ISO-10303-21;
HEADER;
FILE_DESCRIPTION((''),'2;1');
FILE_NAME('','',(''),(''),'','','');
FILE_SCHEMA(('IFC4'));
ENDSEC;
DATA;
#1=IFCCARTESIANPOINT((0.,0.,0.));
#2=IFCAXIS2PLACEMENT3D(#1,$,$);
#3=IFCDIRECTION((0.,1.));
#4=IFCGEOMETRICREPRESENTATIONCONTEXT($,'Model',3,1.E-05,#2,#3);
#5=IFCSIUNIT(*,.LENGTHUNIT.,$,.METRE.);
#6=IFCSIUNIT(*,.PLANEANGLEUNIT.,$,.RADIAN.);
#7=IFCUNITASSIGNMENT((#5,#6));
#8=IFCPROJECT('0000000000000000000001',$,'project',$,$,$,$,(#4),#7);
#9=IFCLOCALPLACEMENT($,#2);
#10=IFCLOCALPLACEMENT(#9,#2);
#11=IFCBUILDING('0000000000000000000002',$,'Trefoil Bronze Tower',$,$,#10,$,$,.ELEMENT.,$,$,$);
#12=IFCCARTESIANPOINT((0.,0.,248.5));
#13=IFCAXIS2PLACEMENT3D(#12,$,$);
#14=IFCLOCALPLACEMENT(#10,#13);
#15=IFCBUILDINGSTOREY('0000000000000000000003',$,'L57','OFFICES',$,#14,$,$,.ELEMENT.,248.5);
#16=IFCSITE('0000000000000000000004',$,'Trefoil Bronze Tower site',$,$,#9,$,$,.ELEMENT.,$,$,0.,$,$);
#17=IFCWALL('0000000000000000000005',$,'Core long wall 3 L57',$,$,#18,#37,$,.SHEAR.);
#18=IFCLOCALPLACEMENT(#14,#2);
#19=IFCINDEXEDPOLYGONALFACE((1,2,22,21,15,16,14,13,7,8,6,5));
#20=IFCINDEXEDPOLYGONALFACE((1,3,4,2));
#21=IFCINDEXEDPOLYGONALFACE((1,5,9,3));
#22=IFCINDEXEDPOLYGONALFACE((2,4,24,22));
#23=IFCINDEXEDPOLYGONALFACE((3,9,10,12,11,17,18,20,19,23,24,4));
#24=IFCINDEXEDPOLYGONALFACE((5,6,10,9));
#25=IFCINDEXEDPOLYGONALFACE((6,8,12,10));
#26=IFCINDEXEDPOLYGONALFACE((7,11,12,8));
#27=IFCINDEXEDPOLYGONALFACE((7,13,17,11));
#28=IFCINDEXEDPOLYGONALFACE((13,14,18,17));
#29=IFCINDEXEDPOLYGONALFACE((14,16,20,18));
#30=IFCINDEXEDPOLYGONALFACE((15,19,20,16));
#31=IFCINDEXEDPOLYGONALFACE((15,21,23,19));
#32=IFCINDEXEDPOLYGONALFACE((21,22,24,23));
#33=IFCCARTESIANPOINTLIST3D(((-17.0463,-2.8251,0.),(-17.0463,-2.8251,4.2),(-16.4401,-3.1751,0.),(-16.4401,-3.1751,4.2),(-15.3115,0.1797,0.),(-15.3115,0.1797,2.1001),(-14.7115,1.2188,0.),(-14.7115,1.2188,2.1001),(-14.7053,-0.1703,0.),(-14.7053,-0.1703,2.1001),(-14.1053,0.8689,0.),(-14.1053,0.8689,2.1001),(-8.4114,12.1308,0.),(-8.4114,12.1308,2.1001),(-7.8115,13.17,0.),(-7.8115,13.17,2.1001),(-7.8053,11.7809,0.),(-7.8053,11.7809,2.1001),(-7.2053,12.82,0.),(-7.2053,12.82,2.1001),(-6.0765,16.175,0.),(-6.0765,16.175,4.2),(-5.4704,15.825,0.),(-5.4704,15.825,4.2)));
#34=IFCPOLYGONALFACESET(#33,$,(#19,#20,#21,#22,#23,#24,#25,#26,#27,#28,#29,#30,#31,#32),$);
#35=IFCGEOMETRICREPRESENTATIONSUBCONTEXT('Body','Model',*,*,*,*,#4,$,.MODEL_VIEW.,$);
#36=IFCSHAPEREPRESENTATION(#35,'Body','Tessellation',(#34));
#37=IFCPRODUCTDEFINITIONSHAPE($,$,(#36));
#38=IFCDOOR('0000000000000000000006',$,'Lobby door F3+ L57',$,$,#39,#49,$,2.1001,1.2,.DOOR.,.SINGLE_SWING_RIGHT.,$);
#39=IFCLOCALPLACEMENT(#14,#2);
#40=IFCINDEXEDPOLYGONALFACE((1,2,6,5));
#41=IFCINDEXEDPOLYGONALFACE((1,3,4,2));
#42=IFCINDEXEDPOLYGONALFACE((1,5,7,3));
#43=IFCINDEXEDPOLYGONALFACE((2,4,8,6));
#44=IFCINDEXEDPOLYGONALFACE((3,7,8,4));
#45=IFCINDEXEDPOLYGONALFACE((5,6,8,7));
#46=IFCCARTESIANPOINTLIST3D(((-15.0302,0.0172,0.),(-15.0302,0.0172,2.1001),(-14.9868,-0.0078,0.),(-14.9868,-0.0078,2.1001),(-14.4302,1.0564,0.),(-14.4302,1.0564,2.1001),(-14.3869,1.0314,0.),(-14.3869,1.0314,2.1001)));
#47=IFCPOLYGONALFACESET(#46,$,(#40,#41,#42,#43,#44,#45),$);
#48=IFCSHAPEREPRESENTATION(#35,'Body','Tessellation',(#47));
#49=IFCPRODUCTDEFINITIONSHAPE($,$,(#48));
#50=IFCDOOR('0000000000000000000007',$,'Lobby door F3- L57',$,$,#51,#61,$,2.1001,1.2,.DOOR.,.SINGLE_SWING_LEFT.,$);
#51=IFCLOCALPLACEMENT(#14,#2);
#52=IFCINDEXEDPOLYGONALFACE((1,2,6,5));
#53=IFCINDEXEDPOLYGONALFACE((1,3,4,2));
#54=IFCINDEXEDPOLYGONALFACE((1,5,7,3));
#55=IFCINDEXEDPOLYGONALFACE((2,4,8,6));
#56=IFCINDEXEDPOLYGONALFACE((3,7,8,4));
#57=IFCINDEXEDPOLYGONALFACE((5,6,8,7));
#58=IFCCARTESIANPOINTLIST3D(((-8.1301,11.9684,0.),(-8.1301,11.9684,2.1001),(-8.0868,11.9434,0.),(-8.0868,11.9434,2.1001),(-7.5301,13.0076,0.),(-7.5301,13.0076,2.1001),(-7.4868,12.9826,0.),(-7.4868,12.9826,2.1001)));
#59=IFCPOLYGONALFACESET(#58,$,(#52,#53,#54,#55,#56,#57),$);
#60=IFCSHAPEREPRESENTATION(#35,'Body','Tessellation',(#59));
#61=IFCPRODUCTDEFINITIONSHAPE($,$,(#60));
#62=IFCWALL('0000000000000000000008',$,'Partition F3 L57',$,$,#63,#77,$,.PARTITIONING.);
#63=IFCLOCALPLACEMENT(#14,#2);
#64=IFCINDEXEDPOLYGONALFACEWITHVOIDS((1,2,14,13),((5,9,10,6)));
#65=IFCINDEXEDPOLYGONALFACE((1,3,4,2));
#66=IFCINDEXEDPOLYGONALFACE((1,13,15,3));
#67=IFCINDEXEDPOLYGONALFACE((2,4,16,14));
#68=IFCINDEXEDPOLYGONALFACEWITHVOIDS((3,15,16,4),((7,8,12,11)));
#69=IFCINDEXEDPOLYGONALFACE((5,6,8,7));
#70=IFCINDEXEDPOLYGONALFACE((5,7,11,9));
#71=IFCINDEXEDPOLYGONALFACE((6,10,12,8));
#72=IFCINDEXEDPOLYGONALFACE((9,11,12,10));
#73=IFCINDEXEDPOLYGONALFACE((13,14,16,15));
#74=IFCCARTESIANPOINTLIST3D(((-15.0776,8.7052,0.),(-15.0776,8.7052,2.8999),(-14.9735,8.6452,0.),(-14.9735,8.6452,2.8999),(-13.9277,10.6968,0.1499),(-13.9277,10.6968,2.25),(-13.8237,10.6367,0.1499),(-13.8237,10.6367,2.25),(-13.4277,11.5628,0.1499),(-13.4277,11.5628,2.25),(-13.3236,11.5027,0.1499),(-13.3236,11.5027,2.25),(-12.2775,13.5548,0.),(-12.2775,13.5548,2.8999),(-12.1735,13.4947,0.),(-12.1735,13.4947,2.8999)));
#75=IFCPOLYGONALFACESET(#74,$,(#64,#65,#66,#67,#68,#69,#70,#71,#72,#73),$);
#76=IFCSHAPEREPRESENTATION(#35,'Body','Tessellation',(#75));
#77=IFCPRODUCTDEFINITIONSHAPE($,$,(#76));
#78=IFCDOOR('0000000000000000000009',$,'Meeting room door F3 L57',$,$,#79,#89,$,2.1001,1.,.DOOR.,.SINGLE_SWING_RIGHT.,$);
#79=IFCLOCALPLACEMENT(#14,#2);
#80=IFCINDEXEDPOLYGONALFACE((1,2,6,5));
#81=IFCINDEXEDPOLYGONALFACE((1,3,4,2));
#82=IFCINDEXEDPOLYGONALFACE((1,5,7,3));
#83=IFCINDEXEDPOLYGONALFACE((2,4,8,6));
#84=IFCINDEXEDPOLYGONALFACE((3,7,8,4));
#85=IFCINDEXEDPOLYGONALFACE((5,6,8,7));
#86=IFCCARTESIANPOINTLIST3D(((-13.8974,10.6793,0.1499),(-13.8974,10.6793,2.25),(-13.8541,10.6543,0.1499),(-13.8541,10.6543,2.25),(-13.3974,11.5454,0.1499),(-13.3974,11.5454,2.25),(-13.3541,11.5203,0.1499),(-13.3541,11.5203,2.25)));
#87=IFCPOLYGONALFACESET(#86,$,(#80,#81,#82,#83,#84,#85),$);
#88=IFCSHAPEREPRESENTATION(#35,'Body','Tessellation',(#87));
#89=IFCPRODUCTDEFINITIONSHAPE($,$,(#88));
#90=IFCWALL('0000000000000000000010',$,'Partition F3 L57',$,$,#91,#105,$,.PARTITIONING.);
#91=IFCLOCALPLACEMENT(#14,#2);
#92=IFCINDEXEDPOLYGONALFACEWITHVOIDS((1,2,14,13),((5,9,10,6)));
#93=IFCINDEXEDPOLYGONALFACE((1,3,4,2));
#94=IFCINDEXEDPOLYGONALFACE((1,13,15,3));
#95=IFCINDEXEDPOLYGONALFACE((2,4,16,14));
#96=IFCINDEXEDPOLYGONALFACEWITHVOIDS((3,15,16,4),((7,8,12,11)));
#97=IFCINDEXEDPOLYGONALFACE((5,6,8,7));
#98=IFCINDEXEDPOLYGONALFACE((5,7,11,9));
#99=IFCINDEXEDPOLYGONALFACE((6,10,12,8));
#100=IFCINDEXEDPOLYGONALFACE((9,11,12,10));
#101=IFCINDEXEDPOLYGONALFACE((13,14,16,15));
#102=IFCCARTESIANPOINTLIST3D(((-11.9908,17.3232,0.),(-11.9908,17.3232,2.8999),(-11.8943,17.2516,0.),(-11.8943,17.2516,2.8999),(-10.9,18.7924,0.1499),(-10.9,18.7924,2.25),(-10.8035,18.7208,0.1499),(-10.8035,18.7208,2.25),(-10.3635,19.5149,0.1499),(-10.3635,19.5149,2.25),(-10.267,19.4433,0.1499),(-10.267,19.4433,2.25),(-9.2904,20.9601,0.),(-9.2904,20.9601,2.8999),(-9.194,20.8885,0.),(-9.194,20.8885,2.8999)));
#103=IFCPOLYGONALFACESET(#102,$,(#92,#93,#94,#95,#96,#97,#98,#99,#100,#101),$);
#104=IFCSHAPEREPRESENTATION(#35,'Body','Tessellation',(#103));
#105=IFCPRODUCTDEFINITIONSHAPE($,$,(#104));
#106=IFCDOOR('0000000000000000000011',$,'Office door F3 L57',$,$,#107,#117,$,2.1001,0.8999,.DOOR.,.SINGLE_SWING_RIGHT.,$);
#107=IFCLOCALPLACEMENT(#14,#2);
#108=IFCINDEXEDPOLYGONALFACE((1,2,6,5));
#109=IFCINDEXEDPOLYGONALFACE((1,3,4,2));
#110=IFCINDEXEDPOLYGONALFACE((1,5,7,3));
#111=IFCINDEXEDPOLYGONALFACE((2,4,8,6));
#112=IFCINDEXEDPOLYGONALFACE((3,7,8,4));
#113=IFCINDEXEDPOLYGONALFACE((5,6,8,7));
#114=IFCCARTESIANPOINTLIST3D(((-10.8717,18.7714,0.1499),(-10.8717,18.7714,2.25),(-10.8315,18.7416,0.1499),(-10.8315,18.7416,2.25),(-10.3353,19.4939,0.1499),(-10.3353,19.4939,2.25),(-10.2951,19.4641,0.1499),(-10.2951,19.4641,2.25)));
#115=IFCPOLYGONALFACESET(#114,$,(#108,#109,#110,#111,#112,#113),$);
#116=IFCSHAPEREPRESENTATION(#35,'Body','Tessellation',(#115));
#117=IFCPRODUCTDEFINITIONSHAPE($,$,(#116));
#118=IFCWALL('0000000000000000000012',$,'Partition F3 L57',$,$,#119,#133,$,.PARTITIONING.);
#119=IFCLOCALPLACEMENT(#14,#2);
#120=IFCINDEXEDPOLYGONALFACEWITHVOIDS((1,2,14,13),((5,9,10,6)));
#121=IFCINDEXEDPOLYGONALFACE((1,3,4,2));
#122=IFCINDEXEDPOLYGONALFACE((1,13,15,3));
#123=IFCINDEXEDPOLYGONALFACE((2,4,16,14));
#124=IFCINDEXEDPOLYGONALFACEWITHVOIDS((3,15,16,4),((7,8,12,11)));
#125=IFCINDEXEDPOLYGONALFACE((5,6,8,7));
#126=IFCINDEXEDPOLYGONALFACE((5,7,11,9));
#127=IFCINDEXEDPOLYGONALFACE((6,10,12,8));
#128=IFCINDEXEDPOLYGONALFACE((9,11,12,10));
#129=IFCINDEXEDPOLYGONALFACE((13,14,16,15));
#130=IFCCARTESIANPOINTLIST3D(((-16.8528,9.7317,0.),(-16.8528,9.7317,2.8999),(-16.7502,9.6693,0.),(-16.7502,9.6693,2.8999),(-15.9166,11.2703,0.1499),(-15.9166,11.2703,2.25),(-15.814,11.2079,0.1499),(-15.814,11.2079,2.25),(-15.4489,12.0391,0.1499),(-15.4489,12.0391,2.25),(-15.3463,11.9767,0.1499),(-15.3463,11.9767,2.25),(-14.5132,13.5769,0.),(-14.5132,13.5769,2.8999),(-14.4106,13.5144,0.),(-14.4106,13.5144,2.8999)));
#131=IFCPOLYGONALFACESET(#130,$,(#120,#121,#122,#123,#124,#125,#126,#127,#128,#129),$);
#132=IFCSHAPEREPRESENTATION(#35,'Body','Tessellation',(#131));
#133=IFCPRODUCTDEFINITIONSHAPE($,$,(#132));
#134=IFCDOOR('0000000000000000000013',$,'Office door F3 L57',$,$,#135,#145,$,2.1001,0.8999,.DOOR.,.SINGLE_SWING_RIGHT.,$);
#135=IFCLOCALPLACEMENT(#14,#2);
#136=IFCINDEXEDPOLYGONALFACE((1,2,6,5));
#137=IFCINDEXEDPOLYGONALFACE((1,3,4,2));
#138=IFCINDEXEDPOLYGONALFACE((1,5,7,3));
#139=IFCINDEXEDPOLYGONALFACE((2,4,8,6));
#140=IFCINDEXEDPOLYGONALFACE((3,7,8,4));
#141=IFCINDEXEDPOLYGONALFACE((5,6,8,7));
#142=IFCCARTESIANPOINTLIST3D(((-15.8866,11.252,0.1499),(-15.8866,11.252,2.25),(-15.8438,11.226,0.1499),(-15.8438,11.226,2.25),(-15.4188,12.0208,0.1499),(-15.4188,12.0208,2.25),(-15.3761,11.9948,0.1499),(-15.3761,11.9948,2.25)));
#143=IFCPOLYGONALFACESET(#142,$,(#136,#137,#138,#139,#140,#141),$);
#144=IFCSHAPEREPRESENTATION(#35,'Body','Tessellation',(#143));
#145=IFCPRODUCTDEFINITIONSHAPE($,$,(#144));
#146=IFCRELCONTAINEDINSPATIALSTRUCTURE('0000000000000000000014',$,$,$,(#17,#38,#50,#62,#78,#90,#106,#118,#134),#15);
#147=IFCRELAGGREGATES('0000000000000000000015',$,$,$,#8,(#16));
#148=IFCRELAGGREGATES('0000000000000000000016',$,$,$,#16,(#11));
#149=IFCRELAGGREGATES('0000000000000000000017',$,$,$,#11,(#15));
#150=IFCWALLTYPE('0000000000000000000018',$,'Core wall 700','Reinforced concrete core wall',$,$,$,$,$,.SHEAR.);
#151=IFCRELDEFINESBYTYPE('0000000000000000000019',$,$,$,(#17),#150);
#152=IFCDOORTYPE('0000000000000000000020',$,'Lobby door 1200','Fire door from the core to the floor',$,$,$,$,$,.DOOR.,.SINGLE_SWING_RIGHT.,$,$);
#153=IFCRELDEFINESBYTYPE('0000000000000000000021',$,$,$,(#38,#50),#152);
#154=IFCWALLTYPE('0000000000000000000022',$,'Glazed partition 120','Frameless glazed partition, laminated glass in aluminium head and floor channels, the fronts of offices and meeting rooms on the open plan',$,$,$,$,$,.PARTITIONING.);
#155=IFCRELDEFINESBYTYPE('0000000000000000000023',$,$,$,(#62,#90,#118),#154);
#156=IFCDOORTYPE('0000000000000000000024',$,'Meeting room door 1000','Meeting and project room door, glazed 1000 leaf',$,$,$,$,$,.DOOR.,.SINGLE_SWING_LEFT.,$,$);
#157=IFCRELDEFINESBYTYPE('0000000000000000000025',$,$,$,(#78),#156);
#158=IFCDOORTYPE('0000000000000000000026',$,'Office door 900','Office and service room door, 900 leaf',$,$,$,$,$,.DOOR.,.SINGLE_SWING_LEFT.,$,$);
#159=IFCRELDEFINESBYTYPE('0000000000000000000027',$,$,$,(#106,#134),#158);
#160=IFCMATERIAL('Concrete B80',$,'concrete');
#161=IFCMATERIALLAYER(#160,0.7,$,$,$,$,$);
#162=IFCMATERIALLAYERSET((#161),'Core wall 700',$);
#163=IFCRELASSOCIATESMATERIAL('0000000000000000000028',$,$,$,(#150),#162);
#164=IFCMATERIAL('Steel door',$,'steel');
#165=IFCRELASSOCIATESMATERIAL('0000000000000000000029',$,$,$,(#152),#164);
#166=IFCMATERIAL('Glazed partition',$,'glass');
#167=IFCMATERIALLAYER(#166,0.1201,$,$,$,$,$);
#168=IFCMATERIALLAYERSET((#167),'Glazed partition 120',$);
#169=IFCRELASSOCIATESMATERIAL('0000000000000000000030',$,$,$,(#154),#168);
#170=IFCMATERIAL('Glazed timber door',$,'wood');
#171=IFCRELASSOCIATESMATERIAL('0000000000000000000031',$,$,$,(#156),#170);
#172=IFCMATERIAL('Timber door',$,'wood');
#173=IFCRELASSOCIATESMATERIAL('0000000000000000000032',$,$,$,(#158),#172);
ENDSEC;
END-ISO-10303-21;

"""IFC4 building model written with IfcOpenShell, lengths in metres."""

from ifc_helpers import new_model, si_unit, direction, frame, frame_2d, origin, place, context, subcontext, project, spatial, rectangle, extrude, material, layer, layer_set, type_object, element, fill, save


model = new_model("IFC4")

# Units and contexts
model_context = context("Model", 3, precision=1e-05, world=origin(), true_north=direction((0.0, 1.0)))
body_context = subcontext(model_context, "Body", "Model", "MODEL_VIEW")
ifc_project = project(units=[si_unit("LENGTHUNIT", "METRE"), si_unit("PLANEANGLEUNIT", "RADIAN")], contexts=[model_context])

# Site, building, storey
site_placement = place(None, origin())
site = spatial("IfcSite", under=ifc_project, at=site_placement, Name="Trefoil Bronze Tower site", CompositionType="ELEMENT", RefElevation=0.0)
building_placement = place(site_placement, origin())
building = spatial("IfcBuilding", under=site, at=building_placement, Name="Trefoil Bronze Tower", CompositionType="ELEMENT")
storey_placement = place(building_placement, frame((0.0, 0.0, 248.5)))
storey = spatial("IfcBuildingStorey", under=building, at=storey_placement, Name="L57", Description="OFFICES", CompositionType="ELEMENT", Elevation=248.5)

# Wall, openings, doors
ifc_material_1 = material(Name="Concrete B80", Category="concrete")
ifc_layer_1 = layer(ifc_material_1, 0.7)
ifc_layer_set_1 = layer_set([ifc_layer_1], Name="Core wall 700")
wall_type_1 = type_object("IfcWallType", Name="Core wall 700", Description="Reinforced concrete core wall", PredefinedType="SHEAR", material=ifc_layer_set_1)
wall_1_placement = place(storey_placement, frame((-5.7734, 16.0, 0.0), z_axis=(0.0, 0.0, 1.0), x_axis=(-0.500002, -0.866024, 0.0)))
wall_1 = element("IfcWall", 1, at=wall_1_placement, inside=storey, type_object=wall_type_1, Name="Core long wall 3 L57", PredefinedType="SHEAR", context=body_context, shape_type="SweptSolid", body=[
    extrude(rectangle(XDim=21.9395, YDim=0.7, at=frame_2d((10.9697, 0.0))), origin(), (0.0, 0.0, 1.0), 4.2),
])
opening_1_placement = place(wall_1_placement, frame((17.2698, 0.0, 0.0)))
opening_1 = element("IfcOpeningElement", 2, at=opening_1_placement, cuts=wall_1, PredefinedType="OPENING", context=body_context, shape_type="SweptSolid", body=[
    extrude(rectangle(XDim=1.2, YDim=2.1001, at=frame_2d((0.6001, 1.05))), frame((0.0, 0.3599, 0.0), z_axis=(0.0, -1.0, 0.0), x_axis=(1.0, 0.0, 0.0)), (0.0, 0.0, 1.0), 0.72),
])
opening_2_placement = place(wall_1_placement, frame((3.4697, 0.0, 0.0)))
opening_2 = element("IfcOpeningElement", 3, at=opening_2_placement, cuts=wall_1, PredefinedType="OPENING", context=body_context, shape_type="SweptSolid", body=[
    extrude(rectangle(XDim=1.2, YDim=2.1001, at=frame_2d((0.6001, 1.05))), frame((0.0, 0.3599, 0.0), z_axis=(0.0, -1.0, 0.0), x_axis=(1.0, 0.0, 0.0)), (0.0, 0.0, 1.0), 0.72),
])
ifc_material_2 = material(Name="Steel door", Category="steel")
door_type_1 = type_object("IfcDoorType", Name="Lobby door 1200", Description="Fire door from the core to the floor", OperationType="SINGLE_SWING_RIGHT", PredefinedType="DOOR", material=ifc_material_2)
door_1_placement = place(opening_1_placement, origin())
door_1 = element("IfcDoor", 4, at=door_1_placement, inside=storey, type_object=door_type_1, Name="Lobby door F3+ L57", OperationType="SINGLE_SWING_RIGHT", OverallHeight=2.1001, OverallWidth=1.2, PredefinedType="DOOR", context=body_context, shape_type="SweptSolid", body=[
    extrude(rectangle(XDim=1.2, YDim=2.1001, at=frame_2d((0.6001, 1.05))), frame((0.0, 0.0249, 0.0), z_axis=(0.0, -1.0, 0.0), x_axis=(1.0, 0.0, 0.0)), (0.0, 0.0, 1.0), 0.05),
])
fill(opening_1, door_1)
door_2_placement = place(opening_2_placement, origin())
door_2 = element("IfcDoor", 5, at=door_2_placement, inside=storey, type_object=door_type_1, Name="Lobby door F3- L57", OperationType="SINGLE_SWING_LEFT", OverallHeight=2.1001, OverallWidth=1.2, PredefinedType="DOOR", context=body_context, shape_type="SweptSolid", body=[
    extrude(rectangle(XDim=1.2, YDim=2.1001, at=frame_2d((0.6001, 1.05))), frame((0.0, 0.0249, 0.0), z_axis=(0.0, -1.0, 0.0), x_axis=(1.0, 0.0, 0.0)), (0.0, 0.0, 1.0), 0.05),
])
fill(opening_2, door_2)

# Walls, openings, doors
ifc_material_3 = material(Name="Glazed partition", Category="glass")
ifc_layer_2 = layer(ifc_material_3, 0.1201)
ifc_layer_set_2 = layer_set([ifc_layer_2], Name="Glazed partition 120")
wall_type_2 = type_object("IfcWallType", Name="Glazed partition 120", Description="Frameless glazed partition, laminated glass in aluminium head and floor channels, the fronts of offices and meeting rooms on the open plan", PredefinedType="PARTITIONING", material=ifc_layer_set_2)
wall_2_placement = place(storey_placement, frame((-12.2256, 13.5247, 0.0), z_axis=(0.0, 0.0, 1.0), x_axis=(-0.500017, -0.866016, 0.0)))
wall_2 = element("IfcWall", 6, at=wall_2_placement, inside=storey, type_object=wall_type_2, Name="Partition F3 L57", PredefinedType="PARTITIONING", context=body_context, shape_type="SweptSolid", body=[
    extrude(rectangle(XDim=5.5999, YDim=0.1201, at=frame_2d((2.7998, 0.0))), origin(), (0.0, 0.0, 1.0), 2.8999),
])
opening_3_placement = place(wall_2_placement, frame((2.3, 0.0, 0.1499)))
opening_3 = element("IfcOpeningElement", 7, at=opening_3_placement, cuts=wall_2, PredefinedType="OPENING", context=body_context, shape_type="SweptSolid", body=[
    extrude(rectangle(XDim=1.0, YDim=2.1001, at=frame_2d((0.5, 1.05))), frame((0.0, 0.0701, 0.0), z_axis=(0.0, -1.0, 0.0), x_axis=(1.0, 0.0, 0.0)), (0.0, 0.0, 1.0), 0.1401),
])
ifc_material_4 = material(Name="Glazed timber door", Category="wood")
door_type_2 = type_object("IfcDoorType", Name="Meeting room door 1000", Description="Meeting and project room door, glazed 1000 leaf", OperationType="SINGLE_SWING_LEFT", PredefinedType="DOOR", material=ifc_material_4)
door_3_placement = place(opening_3_placement, origin())
door_3 = element("IfcDoor", 8, at=door_3_placement, inside=storey, type_object=door_type_2, Name="Meeting room door F3 L57", OperationType="SINGLE_SWING_RIGHT", OverallHeight=2.1001, OverallWidth=1.0, PredefinedType="DOOR", context=body_context, shape_type="SweptSolid", body=[
    extrude(rectangle(XDim=1.0, YDim=2.1001, at=frame_2d((0.5, 1.05))), frame((0.0, 0.0249, 0.0), z_axis=(0.0, -1.0, 0.0), x_axis=(1.0, 0.0, 0.0)), (0.0, 0.0, 1.0), 0.05),
])
fill(opening_3, door_3)
wall_3_placement = place(storey_placement, frame((-9.2422, 20.9243, 0.0), z_axis=(0.0, 0.0, 1.0), x_axis=(-0.596138, -0.802882, 0.0)))
wall_3 = element("IfcWall", 9, at=wall_3_placement, inside=storey, type_object=wall_type_2, Name="Partition F3 L57", PredefinedType="PARTITIONING", context=body_context, shape_type="SweptSolid", body=[
    extrude(rectangle(XDim=4.5298, YDim=0.1201, at=frame_2d((2.2649, 0.0))), origin(), (0.0, 0.0, 1.0), 2.8999),
])
opening_4_placement = place(wall_3_placement, frame((1.8, 0.0, 0.1499)))
opening_4 = element("IfcOpeningElement", 10, at=opening_4_placement, cuts=wall_3, PredefinedType="OPENING", context=body_context, shape_type="SweptSolid", body=[
    extrude(rectangle(XDim=0.8999, YDim=2.1001, at=frame_2d((0.45, 1.05))), frame((0.0, 0.0701, 0.0), z_axis=(0.0, -1.0, 0.0), x_axis=(1.0, 0.0, 0.0)), (0.0, 0.0, 1.0), 0.1401),
])
ifc_material_5 = material(Name="Timber door", Category="wood")
door_type_3 = type_object("IfcDoorType", Name="Office door 900", Description="Office and service room door, 900 leaf", OperationType="SINGLE_SWING_LEFT", PredefinedType="DOOR", material=ifc_material_5)
door_4_placement = place(opening_4_placement, frame((0.8999, 0.0, 0.0), z_axis=(0.0, 0.0, 1.0), x_axis=(-1.0, 0.0, 0.0)))
door_4 = element("IfcDoor", 11, at=door_4_placement, inside=storey, type_object=door_type_3, Name="Office door F3 L57", OperationType="SINGLE_SWING_RIGHT", OverallHeight=2.1001, OverallWidth=0.8999, PredefinedType="DOOR", context=body_context, shape_type="SweptSolid", body=[
    extrude(rectangle(XDim=0.8999, YDim=2.1001, at=frame_2d((0.45, 1.05))), frame((0.0, 0.0249, 0.0), z_axis=(0.0, -1.0, 0.0), x_axis=(1.0, 0.0, 0.0)), (0.0, 0.0, 1.0), 0.05),
])
fill(opening_4, door_4)
wall_4_placement = place(storey_placement, frame((-14.4619, 13.5457, 0.0), z_axis=(0.0, 0.0, 1.0), x_axis=(-0.51979, -0.854294, 0.0)))
wall_4 = element("IfcWall", 12, at=wall_4_placement, inside=storey, type_object=wall_type_2, Name="Partition F3 L57", PredefinedType="PARTITIONING", context=body_context, shape_type="SweptSolid", body=[
    extrude(rectangle(XDim=4.501, YDim=0.1201, at=frame_2d((2.2505, 0.0))), origin(), (0.0, 0.0, 1.0), 2.8999),
])
opening_5_placement = place(wall_4_placement, frame((1.8, 0.0, 0.1499)))
opening_5 = element("IfcOpeningElement", 13, at=opening_5_placement, cuts=wall_4, PredefinedType="OPENING", context=body_context, shape_type="SweptSolid", body=[
    extrude(rectangle(XDim=0.8999, YDim=2.1001, at=frame_2d((0.45, 1.05))), frame((0.0, 0.0701, 0.0), z_axis=(0.0, -1.0, 0.0), x_axis=(1.0, 0.0, 0.0)), (0.0, 0.0, 1.0), 0.1401),
])
door_5_placement = place(opening_5_placement, frame((0.8999, 0.0, 0.0), z_axis=(0.0, 0.0, 1.0), x_axis=(-1.0, 0.0, 0.0)))
door_5 = element("IfcDoor", 14, at=door_5_placement, inside=storey, type_object=door_type_3, Name="Office door F3 L57", OperationType="SINGLE_SWING_RIGHT", OverallHeight=2.1001, OverallWidth=0.8999, PredefinedType="DOOR", context=body_context, shape_type="SweptSolid", body=[
    extrude(rectangle(XDim=0.8999, YDim=2.1001, at=frame_2d((0.45, 1.05))), frame((0.0, 0.0249, 0.0), z_axis=(0.0, -1.0, 0.0), x_axis=(1.0, 0.0, 0.0)), (0.0, 0.0, 1.0), 0.05),
])
fill(opening_5, door_5)

save(model, "model.ifc")
